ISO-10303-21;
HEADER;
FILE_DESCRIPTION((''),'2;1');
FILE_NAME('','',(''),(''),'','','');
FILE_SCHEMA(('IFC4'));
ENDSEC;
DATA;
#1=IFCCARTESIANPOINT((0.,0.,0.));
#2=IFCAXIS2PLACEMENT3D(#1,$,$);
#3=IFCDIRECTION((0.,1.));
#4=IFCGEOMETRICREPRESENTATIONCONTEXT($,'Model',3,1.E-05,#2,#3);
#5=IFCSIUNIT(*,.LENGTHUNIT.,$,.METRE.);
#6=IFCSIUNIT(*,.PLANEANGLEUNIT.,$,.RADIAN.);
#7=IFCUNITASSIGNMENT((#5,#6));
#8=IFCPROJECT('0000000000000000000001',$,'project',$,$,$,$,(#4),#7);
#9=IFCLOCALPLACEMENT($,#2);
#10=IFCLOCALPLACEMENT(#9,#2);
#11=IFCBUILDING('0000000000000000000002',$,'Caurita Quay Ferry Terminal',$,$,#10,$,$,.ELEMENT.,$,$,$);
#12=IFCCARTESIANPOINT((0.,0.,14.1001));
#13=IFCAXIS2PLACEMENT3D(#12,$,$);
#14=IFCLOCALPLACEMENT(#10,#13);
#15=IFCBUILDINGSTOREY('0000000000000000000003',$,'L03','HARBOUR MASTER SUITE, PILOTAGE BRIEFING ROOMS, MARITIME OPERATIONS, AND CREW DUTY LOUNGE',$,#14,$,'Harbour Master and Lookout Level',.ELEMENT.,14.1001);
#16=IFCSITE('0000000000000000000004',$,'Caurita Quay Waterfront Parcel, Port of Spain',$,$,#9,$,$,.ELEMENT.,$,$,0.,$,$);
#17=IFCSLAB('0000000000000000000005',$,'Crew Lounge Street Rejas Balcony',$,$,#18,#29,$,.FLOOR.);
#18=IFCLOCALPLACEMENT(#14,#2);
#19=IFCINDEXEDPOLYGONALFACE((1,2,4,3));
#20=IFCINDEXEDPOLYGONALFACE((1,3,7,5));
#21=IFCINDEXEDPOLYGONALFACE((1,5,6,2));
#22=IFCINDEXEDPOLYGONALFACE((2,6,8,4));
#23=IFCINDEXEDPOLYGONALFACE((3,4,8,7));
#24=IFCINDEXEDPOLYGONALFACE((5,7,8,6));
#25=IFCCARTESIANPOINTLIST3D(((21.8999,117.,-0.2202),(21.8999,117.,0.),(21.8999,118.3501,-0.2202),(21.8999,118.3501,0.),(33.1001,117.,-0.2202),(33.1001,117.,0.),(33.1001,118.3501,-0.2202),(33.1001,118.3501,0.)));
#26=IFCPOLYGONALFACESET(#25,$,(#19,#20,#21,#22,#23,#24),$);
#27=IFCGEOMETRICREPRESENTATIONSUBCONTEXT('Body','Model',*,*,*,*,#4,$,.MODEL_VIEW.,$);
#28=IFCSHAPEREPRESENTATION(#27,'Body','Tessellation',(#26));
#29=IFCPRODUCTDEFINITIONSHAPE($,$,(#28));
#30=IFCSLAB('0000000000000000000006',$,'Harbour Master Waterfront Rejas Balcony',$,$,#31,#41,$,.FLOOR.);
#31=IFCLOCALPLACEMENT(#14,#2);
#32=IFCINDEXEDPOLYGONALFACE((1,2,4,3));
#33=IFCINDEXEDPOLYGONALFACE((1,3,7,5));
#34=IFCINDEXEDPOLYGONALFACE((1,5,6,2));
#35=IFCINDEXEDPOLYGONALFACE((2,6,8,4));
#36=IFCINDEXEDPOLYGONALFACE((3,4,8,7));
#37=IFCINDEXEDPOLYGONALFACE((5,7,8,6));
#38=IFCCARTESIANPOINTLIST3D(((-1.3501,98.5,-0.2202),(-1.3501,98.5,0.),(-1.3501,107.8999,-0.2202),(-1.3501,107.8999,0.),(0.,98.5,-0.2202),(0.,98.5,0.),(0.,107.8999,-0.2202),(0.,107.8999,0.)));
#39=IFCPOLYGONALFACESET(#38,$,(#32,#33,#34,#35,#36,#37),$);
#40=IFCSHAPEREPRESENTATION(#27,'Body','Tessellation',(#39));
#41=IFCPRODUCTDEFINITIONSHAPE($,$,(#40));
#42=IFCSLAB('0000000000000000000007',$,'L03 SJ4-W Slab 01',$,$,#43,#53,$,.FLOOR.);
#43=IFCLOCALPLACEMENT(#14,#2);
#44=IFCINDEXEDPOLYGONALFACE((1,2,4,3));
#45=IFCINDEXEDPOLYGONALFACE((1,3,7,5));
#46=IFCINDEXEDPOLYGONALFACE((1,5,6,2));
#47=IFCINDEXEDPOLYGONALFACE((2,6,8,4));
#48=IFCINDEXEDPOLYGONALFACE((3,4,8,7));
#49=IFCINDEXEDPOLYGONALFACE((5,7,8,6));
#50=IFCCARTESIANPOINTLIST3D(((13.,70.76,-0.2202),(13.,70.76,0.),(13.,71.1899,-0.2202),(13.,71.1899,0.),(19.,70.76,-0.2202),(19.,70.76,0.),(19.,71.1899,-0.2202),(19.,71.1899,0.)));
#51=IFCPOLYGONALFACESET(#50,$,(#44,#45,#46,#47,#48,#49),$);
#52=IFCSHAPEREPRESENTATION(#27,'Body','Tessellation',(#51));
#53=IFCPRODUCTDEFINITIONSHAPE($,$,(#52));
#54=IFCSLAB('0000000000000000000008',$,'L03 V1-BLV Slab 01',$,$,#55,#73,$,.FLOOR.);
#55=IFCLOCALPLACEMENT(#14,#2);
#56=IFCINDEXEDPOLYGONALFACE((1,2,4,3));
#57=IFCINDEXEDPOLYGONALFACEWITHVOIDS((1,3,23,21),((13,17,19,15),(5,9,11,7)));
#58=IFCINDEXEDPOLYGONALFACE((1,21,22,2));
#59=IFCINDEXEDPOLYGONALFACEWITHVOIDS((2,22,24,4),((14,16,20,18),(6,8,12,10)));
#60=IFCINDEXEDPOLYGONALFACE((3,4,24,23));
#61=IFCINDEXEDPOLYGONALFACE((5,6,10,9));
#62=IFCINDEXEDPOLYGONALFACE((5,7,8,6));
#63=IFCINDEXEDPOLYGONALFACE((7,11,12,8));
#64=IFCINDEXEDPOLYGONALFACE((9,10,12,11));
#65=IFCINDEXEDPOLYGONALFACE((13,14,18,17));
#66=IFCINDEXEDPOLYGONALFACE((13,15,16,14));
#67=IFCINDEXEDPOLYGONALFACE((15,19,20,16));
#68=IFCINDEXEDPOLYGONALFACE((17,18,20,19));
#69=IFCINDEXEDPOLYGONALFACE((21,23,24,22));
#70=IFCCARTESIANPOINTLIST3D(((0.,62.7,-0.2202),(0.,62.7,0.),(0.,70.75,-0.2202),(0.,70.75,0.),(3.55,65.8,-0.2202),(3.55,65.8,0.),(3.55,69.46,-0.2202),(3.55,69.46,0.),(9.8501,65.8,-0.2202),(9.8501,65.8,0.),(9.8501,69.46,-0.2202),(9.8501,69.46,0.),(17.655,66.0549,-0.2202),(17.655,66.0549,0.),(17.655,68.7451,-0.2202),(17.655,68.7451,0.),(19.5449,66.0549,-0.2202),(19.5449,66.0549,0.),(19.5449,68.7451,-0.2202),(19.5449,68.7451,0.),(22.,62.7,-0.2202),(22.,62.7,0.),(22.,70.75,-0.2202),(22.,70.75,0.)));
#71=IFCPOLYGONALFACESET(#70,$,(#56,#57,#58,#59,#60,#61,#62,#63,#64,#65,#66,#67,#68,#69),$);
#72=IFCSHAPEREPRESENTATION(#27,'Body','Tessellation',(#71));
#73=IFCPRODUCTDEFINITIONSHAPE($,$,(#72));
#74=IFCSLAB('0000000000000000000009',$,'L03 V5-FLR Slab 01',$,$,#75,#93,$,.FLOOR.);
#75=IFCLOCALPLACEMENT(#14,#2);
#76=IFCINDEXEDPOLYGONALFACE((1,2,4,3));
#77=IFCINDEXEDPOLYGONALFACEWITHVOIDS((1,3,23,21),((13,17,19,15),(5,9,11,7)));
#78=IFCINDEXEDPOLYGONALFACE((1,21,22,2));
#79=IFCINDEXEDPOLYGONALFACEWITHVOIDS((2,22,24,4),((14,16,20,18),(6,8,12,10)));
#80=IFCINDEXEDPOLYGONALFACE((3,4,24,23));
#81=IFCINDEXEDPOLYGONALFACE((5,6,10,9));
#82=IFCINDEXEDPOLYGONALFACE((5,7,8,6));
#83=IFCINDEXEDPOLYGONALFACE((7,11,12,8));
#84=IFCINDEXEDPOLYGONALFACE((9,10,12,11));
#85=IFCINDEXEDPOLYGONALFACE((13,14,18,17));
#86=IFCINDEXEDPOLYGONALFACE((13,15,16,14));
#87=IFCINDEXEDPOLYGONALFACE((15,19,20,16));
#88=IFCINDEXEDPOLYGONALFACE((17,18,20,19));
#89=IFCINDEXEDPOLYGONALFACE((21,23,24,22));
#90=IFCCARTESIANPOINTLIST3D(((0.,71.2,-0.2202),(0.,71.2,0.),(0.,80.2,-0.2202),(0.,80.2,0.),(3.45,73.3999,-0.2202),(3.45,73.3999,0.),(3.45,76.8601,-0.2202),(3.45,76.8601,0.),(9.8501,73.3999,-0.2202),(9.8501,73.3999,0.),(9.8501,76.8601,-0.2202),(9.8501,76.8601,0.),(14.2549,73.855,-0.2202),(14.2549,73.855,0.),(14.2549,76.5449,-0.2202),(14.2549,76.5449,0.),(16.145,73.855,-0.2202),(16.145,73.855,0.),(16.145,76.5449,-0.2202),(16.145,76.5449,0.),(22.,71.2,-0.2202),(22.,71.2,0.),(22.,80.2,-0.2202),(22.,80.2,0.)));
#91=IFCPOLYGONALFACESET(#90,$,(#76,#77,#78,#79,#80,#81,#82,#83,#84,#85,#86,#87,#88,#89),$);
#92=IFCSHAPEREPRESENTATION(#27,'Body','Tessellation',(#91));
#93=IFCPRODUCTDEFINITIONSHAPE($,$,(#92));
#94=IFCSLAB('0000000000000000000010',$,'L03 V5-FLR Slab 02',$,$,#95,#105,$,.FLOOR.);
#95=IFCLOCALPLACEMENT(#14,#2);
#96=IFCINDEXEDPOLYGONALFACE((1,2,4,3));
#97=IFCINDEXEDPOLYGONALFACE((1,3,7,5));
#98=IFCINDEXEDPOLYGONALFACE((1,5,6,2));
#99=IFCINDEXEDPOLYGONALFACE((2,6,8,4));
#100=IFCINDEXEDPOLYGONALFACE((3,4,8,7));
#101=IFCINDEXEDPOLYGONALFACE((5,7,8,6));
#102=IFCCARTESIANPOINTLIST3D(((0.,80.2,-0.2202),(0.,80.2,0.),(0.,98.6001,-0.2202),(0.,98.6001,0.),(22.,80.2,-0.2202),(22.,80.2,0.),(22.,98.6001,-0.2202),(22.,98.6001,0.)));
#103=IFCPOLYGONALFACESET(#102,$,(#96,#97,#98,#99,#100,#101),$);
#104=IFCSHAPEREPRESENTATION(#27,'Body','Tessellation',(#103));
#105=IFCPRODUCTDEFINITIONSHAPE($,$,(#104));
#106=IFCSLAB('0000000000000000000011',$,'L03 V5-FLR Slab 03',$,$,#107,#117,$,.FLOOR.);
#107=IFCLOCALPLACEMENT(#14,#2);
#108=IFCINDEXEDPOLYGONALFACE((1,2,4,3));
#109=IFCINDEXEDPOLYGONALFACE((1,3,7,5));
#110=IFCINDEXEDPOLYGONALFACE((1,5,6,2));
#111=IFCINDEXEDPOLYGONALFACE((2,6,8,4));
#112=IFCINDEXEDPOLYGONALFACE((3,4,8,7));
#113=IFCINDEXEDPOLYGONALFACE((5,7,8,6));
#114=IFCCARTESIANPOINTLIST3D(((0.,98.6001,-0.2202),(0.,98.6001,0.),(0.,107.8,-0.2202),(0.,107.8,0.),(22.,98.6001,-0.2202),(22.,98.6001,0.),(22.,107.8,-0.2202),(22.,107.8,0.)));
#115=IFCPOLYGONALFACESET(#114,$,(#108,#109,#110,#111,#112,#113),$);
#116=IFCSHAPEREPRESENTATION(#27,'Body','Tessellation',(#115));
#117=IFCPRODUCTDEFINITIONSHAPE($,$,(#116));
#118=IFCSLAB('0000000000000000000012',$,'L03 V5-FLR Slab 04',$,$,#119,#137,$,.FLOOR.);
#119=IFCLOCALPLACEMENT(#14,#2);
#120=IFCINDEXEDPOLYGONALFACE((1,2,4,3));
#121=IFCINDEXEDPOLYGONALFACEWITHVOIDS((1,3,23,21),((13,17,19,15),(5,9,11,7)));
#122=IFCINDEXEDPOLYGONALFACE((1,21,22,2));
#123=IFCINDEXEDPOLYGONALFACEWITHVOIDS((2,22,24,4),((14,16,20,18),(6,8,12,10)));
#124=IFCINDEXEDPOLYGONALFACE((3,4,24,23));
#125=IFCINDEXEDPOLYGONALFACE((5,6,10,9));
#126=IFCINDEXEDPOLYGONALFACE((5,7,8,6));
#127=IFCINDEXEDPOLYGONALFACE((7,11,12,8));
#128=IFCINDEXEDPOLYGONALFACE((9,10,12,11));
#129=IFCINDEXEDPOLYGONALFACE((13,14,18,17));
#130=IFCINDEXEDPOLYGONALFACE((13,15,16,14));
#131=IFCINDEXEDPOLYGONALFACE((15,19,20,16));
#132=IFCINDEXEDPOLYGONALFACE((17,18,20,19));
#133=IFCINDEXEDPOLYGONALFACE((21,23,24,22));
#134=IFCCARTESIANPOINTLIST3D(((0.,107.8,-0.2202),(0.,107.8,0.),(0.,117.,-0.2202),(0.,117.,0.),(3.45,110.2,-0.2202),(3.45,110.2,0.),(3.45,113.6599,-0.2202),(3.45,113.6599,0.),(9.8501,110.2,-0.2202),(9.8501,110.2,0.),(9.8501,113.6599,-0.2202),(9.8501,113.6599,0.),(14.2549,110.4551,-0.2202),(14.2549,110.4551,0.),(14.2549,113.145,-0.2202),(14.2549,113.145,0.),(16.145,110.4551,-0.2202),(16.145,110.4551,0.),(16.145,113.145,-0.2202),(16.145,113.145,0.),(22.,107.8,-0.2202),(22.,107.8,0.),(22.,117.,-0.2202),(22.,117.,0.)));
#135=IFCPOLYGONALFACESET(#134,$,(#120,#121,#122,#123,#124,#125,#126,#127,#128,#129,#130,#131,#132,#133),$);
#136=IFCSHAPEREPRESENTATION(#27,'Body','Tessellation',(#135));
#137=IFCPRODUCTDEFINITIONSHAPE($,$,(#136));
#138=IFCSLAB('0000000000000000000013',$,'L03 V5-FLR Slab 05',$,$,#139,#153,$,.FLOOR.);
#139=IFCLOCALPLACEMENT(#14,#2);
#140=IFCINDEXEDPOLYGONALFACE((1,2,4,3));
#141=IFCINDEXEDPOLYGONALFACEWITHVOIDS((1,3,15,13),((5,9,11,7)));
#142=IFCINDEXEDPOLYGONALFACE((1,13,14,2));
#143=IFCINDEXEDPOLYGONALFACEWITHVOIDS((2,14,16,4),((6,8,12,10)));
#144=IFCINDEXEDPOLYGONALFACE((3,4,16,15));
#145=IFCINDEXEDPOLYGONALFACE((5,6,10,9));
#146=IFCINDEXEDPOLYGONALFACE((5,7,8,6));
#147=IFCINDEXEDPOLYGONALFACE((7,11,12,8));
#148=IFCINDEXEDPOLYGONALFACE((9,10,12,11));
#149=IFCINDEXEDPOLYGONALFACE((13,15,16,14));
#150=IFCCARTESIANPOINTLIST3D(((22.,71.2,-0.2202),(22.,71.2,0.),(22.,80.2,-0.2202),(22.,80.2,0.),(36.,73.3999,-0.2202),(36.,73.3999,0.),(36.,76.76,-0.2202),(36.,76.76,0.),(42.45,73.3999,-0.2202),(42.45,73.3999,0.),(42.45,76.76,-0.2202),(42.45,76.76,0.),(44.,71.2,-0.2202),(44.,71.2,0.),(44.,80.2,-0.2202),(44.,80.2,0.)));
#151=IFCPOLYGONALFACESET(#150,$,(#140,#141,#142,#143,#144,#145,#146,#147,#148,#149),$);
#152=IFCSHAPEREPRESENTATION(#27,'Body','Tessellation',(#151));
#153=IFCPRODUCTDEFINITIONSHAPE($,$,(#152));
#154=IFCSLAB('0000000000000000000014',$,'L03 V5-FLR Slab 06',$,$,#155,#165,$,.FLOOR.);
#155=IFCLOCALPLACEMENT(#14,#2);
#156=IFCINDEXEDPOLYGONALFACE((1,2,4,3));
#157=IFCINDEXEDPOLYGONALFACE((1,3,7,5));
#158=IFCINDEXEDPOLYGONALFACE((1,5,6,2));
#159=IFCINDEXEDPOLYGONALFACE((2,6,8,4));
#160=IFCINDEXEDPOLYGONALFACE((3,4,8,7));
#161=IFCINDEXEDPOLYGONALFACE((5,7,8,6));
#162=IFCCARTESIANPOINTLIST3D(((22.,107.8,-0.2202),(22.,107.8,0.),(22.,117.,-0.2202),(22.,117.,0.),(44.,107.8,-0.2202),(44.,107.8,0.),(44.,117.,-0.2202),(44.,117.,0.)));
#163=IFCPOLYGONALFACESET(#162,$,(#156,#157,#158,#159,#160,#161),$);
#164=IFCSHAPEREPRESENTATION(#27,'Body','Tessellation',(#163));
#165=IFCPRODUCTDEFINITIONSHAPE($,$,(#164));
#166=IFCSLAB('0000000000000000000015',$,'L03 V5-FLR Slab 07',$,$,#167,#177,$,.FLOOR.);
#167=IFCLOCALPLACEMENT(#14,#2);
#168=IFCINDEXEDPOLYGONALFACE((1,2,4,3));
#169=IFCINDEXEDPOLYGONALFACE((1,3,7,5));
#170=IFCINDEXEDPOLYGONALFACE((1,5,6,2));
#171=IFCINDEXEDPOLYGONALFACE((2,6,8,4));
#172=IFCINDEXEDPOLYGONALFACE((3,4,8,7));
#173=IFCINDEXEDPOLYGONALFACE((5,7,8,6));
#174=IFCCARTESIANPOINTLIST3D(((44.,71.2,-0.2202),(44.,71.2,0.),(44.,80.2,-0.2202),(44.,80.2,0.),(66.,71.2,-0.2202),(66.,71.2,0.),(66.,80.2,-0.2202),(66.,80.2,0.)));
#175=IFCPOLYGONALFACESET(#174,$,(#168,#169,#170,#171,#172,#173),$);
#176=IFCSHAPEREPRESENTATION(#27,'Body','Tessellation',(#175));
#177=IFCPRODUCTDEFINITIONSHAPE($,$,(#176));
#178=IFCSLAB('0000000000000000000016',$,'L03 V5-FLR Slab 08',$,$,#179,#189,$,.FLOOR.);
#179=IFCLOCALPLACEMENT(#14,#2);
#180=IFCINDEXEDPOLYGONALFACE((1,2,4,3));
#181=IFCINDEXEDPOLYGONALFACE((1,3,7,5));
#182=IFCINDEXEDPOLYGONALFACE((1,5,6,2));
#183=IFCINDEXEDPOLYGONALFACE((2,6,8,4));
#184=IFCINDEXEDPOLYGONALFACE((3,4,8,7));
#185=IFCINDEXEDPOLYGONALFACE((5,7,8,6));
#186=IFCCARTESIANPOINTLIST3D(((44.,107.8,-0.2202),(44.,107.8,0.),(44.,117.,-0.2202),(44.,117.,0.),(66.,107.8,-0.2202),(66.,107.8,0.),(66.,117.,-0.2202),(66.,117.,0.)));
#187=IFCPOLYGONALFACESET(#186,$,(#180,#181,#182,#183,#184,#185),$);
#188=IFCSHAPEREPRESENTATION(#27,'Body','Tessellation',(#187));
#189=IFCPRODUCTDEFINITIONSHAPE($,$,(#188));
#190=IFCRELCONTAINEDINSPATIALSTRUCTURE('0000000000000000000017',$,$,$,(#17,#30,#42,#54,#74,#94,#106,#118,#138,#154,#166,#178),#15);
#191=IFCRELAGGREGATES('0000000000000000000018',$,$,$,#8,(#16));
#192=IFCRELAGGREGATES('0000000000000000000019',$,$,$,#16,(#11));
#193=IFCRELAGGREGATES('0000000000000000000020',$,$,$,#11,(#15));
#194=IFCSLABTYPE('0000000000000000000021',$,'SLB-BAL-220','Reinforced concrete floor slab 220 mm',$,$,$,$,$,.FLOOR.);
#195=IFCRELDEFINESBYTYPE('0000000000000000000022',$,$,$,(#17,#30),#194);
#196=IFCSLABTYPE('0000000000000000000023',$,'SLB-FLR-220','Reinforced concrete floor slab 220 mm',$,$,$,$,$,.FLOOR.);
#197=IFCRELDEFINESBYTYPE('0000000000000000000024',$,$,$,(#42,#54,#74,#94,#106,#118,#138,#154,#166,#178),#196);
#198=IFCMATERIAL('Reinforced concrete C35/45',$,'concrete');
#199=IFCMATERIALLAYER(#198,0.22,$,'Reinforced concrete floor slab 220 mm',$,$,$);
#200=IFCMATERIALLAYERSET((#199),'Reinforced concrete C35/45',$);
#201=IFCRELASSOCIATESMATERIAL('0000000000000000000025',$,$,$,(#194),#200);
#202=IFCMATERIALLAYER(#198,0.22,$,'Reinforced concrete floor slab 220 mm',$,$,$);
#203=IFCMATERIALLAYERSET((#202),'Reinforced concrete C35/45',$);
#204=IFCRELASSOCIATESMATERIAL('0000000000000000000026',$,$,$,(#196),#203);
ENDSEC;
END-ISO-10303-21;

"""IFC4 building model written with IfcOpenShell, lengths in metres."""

from ifc_helpers import new_model, si_unit, direction, frame, origin, place, context, subcontext, project, spatial, polyline, outline, extrude, material, layer, layer_set, type_object, element, save


model = new_model("IFC4")

# Units and contexts
model_context = context("Model", 3, precision=1e-05, world=origin(), true_north=direction((0.0, 1.0)))
body_context = subcontext(model_context, "Body", "Model", "MODEL_VIEW")
ifc_project = project(units=[si_unit("LENGTHUNIT", "METRE"), si_unit("PLANEANGLEUNIT", "RADIAN")], contexts=[model_context])

# Site, building, storey
site_placement = place(None, origin())
site = spatial("IfcSite", under=ifc_project, at=site_placement, Name="Caurita Quay Waterfront Parcel, Port of Spain", CompositionType="ELEMENT", RefElevation=0.0)
building_placement = place(site_placement, origin())
building = spatial("IfcBuilding", under=site, at=building_placement, Name="Caurita Quay Ferry Terminal", CompositionType="ELEMENT")
storey_placement = place(building_placement, frame((0.0, 0.0, 14.1001)))
storey = spatial("IfcBuildingStorey", under=building, at=storey_placement, Name="L03", Description="HARBOUR MASTER SUITE, PILOTAGE BRIEFING ROOMS, MARITIME OPERATIONS, AND CREW DUTY LOUNGE", LongName="Harbour Master and Lookout Level", CompositionType="ELEMENT", Elevation=14.1001)

# Slabs
ifc_material_1 = material(Name="Reinforced concrete C35/45", Category="concrete")
ifc_layer_1 = layer(ifc_material_1, 0.22, Name="Reinforced concrete floor slab 220 mm")
ifc_layer_set_1 = layer_set([ifc_layer_1], Name="Reinforced concrete C35/45")
slab_type_1 = type_object("IfcSlabType", Name="SLB-BAL-220", Description="Reinforced concrete floor slab 220 mm", PredefinedType="FLOOR", material=ifc_layer_set_1)
slab_1_placement = place(storey_placement, frame((0.0, 0.0, -0.2202)))
element("IfcSlab", 1, at=slab_1_placement, inside=storey, type_object=slab_type_1, Name="Crew Lounge Street Rejas Balcony", PredefinedType="FLOOR", context=body_context, shape_type="SweptSolid", body=[
    extrude(outline(polyline([(21.8999, 117.0), (33.1001, 117.0), (33.1001, 118.3501), (21.8999, 118.3501), (21.8999, 117.0)])), origin(), (0.0, 0.0, 1.0), 0.2202),
])
slab_2_placement = place(storey_placement, frame((0.0, 0.0, -0.2202)))
element("IfcSlab", 2, at=slab_2_placement, inside=storey, type_object=slab_type_1, Name="Harbour Master Waterfront Rejas Balcony", PredefinedType="FLOOR", context=body_context, shape_type="SweptSolid", body=[
    extrude(outline(polyline([(-1.3501, 98.5), (0.0, 98.5), (0.0, 107.8999), (-1.3501, 107.8999), (-1.3501, 98.5)])), origin(), (0.0, 0.0, 1.0), 0.2202),
])
ifc_layer_2 = layer(ifc_material_1, 0.22, Name="Reinforced concrete floor slab 220 mm")
ifc_layer_set_2 = layer_set([ifc_layer_2], Name="Reinforced concrete C35/45")
slab_type_2 = type_object("IfcSlabType", Name="SLB-FLR-220", Description="Reinforced concrete floor slab 220 mm", PredefinedType="FLOOR", material=ifc_layer_set_2)
slab_3_placement = place(storey_placement, frame((0.0, 0.0, -0.2202)))
element("IfcSlab", 3, at=slab_3_placement, inside=storey, type_object=slab_type_2, Name="L03 SJ4-W Slab 01", PredefinedType="FLOOR", context=body_context, shape_type="SweptSolid", body=[
    extrude(outline(polyline([(13.0, 70.76), (19.0, 70.76), (19.0, 71.1899), (13.0, 71.1899), (13.0, 70.76)])), origin(), (0.0, 0.0, 1.0), 0.2202),
])
slab_4_placement = place(storey_placement, frame((0.0, 0.0, -0.2202)))
element("IfcSlab", 4, at=slab_4_placement, inside=storey, type_object=slab_type_2, Name="L03 V1-BLV Slab 01", PredefinedType="FLOOR", context=body_context, shape_type="SweptSolid", body=[
    extrude(outline(polyline([(0.0, 62.7), (22.0, 62.7), (22.0, 70.75), (0.0, 70.75), (0.0, 62.7)]), holes=[polyline([(3.55, 65.8), (9.8501, 65.8), (9.8501, 69.46), (3.55, 69.46), (3.55, 65.8)]), polyline([(17.655, 66.0549), (19.5449, 66.0549), (19.5449, 68.7451), (17.655, 68.7451), (17.655, 66.0549)])]), origin(), (0.0, 0.0, 1.0), 0.2202),
])
slab_5_placement = place(storey_placement, frame((0.0, 0.0, -0.2202)))
element("IfcSlab", 5, at=slab_5_placement, inside=storey, type_object=slab_type_2, Name="L03 V5-FLR Slab 01", PredefinedType="FLOOR", context=body_context, shape_type="SweptSolid", body=[
    extrude(outline(polyline([(0.0, 71.2), (22.0, 71.2), (22.0, 80.2), (0.0, 80.2), (0.0, 71.2)]), holes=[polyline([(3.45, 73.3999), (9.8501, 73.3999), (9.8501, 76.8601), (3.45, 76.8601), (3.45, 73.3999)]), polyline([(14.2549, 73.855), (16.145, 73.855), (16.145, 76.5449), (14.2549, 76.5449), (14.2549, 73.855)])]), origin(), (0.0, 0.0, 1.0), 0.2202),
])
slab_6_placement = place(storey_placement, frame((0.0, 0.0, -0.2202)))
element("IfcSlab", 6, at=slab_6_placement, inside=storey, type_object=slab_type_2, Name="L03 V5-FLR Slab 02", PredefinedType="FLOOR", context=body_context, shape_type="SweptSolid", body=[
    extrude(outline(polyline([(0.0, 80.2), (22.0, 80.2), (22.0, 98.6001), (0.0, 98.6001), (0.0, 80.2)])), origin(), (0.0, 0.0, 1.0), 0.2202),
])
slab_7_placement = place(storey_placement, frame((0.0, 0.0, -0.2202)))
element("IfcSlab", 7, at=slab_7_placement, inside=storey, type_object=slab_type_2, Name="L03 V5-FLR Slab 03", PredefinedType="FLOOR", context=body_context, shape_type="SweptSolid", body=[
    extrude(outline(polyline([(0.0, 98.6001), (22.0, 98.6001), (22.0, 107.8), (0.0, 107.8), (0.0, 98.6001)])), origin(), (0.0, 0.0, 1.0), 0.2202),
])
slab_8_placement = place(storey_placement, frame((0.0, 0.0, -0.2202)))
element("IfcSlab", 8, at=slab_8_placement, inside=storey, type_object=slab_type_2, Name="L03 V5-FLR Slab 04", PredefinedType="FLOOR", context=body_context, shape_type="SweptSolid", body=[
    extrude(outline(polyline([(0.0, 107.8), (22.0, 107.8), (22.0, 117.0), (0.0, 117.0), (0.0, 107.8)]), holes=[polyline([(3.45, 110.2), (9.8501, 110.2), (9.8501, 113.6599), (3.45, 113.6599), (3.45, 110.2)]), polyline([(14.2549, 110.4551), (16.145, 110.4551), (16.145, 113.145), (14.2549, 113.145), (14.2549, 110.4551)])]), origin(), (0.0, 0.0, 1.0), 0.2202),
])
slab_9_placement = place(storey_placement, frame((0.0, 0.0, -0.2202)))
element("IfcSlab", 9, at=slab_9_placement, inside=storey, type_object=slab_type_2, Name="L03 V5-FLR Slab 05", PredefinedType="FLOOR", context=body_context, shape_type="SweptSolid", body=[
    extrude(outline(polyline([(22.0, 71.2), (44.0, 71.2), (44.0, 80.2), (22.0, 80.2), (22.0, 71.2)]), holes=[polyline([(36.0, 73.3999), (42.45, 73.3999), (42.45, 76.76), (36.0, 76.76), (36.0, 73.3999)])]), origin(), (0.0, 0.0, 1.0), 0.2202),
])
slab_10_placement = place(storey_placement, frame((0.0, 0.0, -0.2202)))
element("IfcSlab", 10, at=slab_10_placement, inside=storey, type_object=slab_type_2, Name="L03 V5-FLR Slab 06", PredefinedType="FLOOR", context=body_context, shape_type="SweptSolid", body=[
    extrude(outline(polyline([(22.0, 107.8), (44.0, 107.8), (44.0, 117.0), (22.0, 117.0), (22.0, 107.8)])), origin(), (0.0, 0.0, 1.0), 0.2202),
])
slab_11_placement = place(storey_placement, frame((0.0, 0.0, -0.2202)))
element("IfcSlab", 11, at=slab_11_placement, inside=storey, type_object=slab_type_2, Name="L03 V5-FLR Slab 07", PredefinedType="FLOOR", context=body_context, shape_type="SweptSolid", body=[
    extrude(outline(polyline([(44.0, 71.2), (66.0, 71.2), (66.0, 80.2), (44.0, 80.2), (44.0, 71.2)])), origin(), (0.0, 0.0, 1.0), 0.2202),
])
slab_12_placement = place(storey_placement, frame((0.0, 0.0, -0.2202)))
element("IfcSlab", 12, at=slab_12_placement, inside=storey, type_object=slab_type_2, Name="L03 V5-FLR Slab 08", PredefinedType="FLOOR", context=body_context, shape_type="SweptSolid", body=[
    extrude(outline(polyline([(44.0, 107.8), (66.0, 107.8), (66.0, 117.0), (44.0, 117.0), (44.0, 107.8)])), origin(), (0.0, 0.0, 1.0), 0.2202),
])

save(model, "model.ifc")
